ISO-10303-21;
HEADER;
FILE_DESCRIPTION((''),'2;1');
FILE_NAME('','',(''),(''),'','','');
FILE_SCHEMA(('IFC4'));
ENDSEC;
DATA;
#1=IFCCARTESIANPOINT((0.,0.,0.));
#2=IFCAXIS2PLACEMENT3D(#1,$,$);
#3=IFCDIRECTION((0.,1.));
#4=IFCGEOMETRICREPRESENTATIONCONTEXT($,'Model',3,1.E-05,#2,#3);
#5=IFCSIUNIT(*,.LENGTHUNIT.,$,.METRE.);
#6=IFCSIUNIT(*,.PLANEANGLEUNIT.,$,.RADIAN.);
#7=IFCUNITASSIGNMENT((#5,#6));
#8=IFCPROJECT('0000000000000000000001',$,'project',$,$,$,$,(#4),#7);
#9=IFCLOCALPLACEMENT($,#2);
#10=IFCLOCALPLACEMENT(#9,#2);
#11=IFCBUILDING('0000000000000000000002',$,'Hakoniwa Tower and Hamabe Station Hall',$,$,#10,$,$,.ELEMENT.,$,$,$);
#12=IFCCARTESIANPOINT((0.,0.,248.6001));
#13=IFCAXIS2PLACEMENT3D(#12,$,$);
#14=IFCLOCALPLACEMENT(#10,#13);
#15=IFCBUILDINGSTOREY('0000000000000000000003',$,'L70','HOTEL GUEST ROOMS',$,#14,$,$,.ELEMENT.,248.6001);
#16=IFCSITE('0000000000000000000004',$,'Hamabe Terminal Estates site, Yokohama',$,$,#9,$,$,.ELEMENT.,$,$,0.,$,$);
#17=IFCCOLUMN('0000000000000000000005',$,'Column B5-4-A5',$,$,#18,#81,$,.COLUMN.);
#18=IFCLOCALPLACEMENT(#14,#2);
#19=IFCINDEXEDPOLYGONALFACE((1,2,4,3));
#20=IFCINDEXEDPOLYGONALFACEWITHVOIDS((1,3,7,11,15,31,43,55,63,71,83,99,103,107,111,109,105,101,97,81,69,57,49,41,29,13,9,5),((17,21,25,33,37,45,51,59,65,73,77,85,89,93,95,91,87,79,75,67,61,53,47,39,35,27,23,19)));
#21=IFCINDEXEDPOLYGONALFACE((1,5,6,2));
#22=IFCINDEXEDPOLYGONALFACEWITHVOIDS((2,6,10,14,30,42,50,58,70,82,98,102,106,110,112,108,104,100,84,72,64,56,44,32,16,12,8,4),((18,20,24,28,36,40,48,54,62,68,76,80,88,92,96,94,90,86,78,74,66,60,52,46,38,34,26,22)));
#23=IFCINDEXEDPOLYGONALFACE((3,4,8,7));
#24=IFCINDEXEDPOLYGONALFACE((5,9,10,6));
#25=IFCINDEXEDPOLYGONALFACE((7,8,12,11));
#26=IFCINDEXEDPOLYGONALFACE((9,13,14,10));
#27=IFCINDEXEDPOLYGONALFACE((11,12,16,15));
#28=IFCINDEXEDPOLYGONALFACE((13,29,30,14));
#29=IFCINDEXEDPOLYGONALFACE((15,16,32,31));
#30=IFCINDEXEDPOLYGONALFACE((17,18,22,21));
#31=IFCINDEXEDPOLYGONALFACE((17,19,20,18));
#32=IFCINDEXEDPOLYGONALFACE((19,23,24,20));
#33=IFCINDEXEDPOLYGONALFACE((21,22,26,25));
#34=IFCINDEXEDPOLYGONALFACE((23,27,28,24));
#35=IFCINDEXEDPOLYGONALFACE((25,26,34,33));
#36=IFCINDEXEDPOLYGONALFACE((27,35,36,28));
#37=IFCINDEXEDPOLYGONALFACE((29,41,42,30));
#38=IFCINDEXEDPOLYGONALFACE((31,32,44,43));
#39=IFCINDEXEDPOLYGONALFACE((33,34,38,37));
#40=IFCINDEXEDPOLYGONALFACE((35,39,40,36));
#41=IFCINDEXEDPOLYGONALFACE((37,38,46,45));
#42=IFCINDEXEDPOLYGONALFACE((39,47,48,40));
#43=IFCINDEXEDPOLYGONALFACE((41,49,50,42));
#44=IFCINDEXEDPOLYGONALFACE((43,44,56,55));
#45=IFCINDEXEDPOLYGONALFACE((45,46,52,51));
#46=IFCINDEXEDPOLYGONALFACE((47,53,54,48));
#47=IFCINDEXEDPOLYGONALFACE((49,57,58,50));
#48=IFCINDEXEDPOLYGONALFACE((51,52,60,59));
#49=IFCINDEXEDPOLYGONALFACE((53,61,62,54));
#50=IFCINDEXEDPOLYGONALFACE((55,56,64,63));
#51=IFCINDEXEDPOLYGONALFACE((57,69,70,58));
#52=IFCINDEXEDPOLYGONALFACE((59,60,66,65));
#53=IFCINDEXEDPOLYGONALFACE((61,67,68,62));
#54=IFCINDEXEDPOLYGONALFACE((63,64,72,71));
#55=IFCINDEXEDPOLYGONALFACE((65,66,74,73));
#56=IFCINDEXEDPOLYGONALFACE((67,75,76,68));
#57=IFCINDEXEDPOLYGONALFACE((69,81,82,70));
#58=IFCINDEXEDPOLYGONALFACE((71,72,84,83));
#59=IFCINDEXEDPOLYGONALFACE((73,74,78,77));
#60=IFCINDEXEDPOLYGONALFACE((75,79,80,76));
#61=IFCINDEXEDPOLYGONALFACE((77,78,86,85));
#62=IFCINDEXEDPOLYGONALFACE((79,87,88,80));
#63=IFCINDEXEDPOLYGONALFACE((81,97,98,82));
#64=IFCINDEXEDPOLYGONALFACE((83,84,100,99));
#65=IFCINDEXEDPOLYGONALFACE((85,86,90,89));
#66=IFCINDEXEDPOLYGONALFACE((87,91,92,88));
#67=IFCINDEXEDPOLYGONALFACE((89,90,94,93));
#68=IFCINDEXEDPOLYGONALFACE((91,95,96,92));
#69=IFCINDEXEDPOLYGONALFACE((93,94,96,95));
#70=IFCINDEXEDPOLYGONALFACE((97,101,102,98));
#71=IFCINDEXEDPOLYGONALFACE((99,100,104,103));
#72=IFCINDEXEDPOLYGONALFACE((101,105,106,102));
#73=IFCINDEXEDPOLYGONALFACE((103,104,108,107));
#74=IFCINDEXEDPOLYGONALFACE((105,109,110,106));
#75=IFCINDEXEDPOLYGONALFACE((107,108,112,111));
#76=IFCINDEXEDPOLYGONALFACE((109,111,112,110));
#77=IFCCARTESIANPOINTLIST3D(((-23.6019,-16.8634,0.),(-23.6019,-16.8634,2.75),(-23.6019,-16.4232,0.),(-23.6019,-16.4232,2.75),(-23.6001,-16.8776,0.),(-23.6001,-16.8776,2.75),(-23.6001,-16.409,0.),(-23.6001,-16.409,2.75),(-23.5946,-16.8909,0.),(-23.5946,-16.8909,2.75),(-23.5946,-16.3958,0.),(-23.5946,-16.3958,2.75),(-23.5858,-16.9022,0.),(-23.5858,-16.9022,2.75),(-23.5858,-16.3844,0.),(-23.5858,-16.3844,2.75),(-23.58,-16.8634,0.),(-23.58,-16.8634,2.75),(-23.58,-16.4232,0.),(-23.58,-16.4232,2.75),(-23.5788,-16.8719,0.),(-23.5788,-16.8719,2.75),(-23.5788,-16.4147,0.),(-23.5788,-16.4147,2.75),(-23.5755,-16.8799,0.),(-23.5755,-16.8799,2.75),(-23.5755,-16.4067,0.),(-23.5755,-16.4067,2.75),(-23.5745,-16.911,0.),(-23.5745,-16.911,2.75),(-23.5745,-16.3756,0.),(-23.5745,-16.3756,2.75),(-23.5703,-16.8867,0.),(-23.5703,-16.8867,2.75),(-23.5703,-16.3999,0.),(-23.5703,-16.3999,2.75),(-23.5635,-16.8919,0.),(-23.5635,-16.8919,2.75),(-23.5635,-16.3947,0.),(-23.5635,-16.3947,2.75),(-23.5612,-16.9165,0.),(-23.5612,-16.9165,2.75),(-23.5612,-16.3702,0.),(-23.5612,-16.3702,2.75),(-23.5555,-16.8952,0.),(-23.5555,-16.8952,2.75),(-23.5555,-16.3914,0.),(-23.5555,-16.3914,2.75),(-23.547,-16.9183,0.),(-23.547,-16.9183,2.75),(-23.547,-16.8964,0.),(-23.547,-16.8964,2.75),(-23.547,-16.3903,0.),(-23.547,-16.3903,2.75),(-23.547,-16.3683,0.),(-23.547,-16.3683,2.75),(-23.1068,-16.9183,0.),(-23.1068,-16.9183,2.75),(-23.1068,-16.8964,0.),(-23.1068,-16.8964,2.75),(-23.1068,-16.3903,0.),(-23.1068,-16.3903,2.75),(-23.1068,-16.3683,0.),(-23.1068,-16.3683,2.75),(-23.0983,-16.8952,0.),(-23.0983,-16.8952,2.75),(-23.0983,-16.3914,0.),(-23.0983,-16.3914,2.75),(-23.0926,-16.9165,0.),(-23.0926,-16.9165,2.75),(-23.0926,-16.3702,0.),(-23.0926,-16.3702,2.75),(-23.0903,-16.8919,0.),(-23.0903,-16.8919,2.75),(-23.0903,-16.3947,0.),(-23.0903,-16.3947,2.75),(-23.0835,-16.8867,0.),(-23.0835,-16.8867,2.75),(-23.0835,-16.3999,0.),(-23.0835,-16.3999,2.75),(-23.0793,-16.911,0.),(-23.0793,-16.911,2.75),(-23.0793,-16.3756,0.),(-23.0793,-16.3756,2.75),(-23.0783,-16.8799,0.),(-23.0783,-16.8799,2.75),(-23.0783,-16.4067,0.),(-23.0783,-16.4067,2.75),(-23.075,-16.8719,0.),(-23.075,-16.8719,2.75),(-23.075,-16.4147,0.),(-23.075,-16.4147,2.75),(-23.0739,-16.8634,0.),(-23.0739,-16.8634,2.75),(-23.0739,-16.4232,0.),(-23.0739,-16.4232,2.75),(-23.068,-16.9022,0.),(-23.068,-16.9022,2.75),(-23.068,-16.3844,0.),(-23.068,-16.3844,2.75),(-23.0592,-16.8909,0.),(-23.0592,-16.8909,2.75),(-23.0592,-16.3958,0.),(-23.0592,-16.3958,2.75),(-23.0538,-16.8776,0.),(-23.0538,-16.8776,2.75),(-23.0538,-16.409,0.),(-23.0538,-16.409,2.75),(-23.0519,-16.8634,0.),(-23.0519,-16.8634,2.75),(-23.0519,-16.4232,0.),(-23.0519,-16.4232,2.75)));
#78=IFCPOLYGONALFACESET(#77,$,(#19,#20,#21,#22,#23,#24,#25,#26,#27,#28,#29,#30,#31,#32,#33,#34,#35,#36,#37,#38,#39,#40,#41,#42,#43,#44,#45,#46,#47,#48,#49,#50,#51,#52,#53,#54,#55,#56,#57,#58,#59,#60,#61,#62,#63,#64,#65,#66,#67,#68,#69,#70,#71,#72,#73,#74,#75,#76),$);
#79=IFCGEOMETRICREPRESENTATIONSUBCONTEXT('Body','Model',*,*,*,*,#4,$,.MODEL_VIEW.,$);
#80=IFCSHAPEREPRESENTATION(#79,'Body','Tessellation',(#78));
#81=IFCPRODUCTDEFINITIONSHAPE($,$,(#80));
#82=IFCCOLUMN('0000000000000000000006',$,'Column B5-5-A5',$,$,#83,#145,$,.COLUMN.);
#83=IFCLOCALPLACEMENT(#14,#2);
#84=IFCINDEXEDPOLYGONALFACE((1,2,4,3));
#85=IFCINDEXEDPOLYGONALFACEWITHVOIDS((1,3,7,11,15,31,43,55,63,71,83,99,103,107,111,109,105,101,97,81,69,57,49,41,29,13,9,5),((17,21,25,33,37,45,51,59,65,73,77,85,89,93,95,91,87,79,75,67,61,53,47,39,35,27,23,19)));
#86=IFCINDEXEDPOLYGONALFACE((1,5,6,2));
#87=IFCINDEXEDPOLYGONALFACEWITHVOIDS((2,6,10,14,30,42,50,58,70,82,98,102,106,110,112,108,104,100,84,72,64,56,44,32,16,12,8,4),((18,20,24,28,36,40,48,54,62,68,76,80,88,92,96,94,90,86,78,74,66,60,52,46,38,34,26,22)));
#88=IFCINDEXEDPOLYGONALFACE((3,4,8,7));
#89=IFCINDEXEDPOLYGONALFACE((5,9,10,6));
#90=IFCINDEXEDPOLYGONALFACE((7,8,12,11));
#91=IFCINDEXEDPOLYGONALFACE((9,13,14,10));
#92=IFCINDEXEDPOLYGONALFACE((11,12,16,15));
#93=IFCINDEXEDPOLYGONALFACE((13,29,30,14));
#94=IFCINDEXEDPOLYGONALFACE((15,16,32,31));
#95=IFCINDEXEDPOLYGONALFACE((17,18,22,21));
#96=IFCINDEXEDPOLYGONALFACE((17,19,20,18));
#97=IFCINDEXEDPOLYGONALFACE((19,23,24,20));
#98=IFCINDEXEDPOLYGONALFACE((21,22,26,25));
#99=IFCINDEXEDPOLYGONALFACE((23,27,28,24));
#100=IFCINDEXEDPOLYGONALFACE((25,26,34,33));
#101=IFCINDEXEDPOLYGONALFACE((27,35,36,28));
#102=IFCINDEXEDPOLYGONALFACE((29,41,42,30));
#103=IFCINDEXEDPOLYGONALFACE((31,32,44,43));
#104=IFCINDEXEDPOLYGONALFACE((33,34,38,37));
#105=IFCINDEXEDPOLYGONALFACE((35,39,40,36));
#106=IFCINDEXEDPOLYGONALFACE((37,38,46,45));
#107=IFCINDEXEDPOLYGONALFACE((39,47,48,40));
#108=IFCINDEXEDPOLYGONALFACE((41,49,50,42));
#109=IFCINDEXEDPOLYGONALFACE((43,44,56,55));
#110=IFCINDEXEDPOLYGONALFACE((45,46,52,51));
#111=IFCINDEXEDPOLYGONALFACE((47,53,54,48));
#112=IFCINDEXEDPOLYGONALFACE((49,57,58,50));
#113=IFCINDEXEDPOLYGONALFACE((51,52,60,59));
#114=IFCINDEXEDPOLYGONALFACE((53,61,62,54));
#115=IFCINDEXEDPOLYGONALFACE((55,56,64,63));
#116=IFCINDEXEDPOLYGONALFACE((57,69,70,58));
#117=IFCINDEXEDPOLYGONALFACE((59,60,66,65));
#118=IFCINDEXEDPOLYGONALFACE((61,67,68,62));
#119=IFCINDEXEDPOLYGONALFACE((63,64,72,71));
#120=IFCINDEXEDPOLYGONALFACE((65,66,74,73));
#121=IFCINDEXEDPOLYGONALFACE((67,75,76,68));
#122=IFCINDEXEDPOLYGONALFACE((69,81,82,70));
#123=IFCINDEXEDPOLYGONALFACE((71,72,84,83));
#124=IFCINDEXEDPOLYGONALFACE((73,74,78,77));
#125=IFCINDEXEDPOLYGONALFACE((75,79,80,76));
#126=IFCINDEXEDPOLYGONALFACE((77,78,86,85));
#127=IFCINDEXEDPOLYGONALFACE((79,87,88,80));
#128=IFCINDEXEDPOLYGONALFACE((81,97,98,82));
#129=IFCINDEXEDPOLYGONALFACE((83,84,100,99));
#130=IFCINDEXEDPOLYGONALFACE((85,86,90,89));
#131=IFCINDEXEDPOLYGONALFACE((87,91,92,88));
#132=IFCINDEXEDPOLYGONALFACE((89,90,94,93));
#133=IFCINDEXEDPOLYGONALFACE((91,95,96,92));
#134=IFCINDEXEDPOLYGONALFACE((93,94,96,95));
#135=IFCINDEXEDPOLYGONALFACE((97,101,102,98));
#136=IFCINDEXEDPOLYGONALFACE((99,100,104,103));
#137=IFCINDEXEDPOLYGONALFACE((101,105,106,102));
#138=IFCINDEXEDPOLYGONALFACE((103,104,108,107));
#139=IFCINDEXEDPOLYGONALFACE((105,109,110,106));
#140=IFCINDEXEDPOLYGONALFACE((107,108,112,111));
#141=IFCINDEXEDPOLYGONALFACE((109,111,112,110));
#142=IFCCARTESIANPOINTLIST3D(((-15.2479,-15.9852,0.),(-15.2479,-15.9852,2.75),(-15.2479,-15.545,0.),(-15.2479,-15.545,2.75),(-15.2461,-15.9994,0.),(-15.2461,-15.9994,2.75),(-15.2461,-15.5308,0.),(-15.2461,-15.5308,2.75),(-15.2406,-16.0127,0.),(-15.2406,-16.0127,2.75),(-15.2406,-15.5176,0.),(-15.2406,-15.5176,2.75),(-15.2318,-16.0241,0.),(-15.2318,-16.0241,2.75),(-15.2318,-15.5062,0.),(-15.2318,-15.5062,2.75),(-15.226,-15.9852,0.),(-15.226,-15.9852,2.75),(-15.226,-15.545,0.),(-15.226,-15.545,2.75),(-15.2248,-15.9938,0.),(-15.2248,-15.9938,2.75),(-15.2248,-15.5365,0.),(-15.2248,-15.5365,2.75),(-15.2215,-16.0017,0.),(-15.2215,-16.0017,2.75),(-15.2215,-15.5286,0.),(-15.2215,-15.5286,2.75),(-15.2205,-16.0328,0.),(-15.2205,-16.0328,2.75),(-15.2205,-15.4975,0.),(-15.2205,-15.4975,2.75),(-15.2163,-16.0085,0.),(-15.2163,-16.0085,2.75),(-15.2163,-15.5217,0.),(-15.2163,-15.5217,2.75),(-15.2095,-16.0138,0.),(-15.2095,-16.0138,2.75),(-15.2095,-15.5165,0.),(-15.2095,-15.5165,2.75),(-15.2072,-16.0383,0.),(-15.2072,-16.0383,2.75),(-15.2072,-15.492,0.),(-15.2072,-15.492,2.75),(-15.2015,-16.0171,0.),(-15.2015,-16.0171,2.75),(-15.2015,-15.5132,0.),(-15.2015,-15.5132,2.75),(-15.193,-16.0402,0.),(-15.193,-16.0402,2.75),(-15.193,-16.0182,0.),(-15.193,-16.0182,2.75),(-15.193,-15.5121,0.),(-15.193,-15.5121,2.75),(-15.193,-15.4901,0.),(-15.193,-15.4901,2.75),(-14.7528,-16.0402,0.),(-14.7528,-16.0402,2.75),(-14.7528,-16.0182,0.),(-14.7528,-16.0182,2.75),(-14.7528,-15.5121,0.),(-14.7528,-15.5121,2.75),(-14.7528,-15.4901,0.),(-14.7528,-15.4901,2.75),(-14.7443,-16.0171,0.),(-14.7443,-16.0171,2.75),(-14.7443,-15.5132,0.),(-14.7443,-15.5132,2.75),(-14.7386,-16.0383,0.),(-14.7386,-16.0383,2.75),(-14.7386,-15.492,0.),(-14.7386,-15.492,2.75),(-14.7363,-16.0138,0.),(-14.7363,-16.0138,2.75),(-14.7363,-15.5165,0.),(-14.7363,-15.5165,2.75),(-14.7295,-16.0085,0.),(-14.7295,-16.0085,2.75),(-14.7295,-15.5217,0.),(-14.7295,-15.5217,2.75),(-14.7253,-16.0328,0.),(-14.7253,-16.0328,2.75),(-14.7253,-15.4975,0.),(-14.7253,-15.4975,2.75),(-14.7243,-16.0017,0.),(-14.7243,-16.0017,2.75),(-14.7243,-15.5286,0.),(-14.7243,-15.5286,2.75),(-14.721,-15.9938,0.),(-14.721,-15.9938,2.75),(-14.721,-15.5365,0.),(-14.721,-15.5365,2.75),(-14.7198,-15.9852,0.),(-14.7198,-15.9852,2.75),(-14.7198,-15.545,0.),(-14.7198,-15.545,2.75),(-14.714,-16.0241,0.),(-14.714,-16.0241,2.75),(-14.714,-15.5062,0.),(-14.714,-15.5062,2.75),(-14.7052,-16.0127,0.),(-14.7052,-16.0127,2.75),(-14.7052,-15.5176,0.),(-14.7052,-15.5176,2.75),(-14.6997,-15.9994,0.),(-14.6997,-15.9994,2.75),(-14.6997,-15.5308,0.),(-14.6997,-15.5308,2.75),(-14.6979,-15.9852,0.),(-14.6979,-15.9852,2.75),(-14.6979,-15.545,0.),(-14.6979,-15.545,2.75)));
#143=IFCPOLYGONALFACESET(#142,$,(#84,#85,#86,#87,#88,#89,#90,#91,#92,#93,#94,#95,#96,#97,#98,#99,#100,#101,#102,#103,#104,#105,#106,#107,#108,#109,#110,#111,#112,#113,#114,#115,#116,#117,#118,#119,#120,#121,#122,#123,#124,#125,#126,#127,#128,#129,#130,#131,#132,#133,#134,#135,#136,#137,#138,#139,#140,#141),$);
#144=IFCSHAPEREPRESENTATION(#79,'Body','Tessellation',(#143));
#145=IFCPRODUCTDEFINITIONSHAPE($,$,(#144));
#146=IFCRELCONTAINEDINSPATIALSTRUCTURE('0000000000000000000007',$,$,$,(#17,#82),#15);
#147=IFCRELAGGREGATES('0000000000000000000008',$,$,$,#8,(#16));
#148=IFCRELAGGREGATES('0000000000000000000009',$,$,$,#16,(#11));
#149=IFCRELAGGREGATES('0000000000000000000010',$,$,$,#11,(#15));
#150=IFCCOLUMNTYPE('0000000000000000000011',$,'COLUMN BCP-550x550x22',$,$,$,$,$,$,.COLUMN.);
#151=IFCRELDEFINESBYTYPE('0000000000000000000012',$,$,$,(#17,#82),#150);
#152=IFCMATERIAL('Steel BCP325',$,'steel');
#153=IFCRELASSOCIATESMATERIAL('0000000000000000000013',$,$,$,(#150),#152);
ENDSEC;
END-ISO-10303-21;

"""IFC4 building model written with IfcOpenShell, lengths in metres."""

from ifc_helpers import new_model, si_unit, direction, frame, origin, origin_2d, place, context, subcontext, project, spatial, hollow_rectangle, extrude, material, material_profile, profile_set, type_object, element, save


model = new_model("IFC4")

# Units and contexts
model_context = context("Model", 3, precision=1e-05, world=origin(), true_north=direction((0.0, 1.0)))
body_context = subcontext(model_context, "Body", "Model", "MODEL_VIEW")
ifc_project = project(units=[si_unit("LENGTHUNIT", "METRE"), si_unit("PLANEANGLEUNIT", "RADIAN")], contexts=[model_context])

# Site, building, storey
site_placement = place(None, origin())
site = spatial("IfcSite", under=ifc_project, at=site_placement, Name="Hamabe Terminal Estates site, Yokohama", CompositionType="ELEMENT", RefElevation=0.0)
building_placement = place(site_placement, origin())
building = spatial("IfcBuilding", under=site, at=building_placement, Name="Hakoniwa Tower and Hamabe Station Hall", CompositionType="ELEMENT")
storey_placement = place(building_placement, frame((0.0, 0.0, 248.6001)))
storey = spatial("IfcBuildingStorey", under=building, at=storey_placement, Name="L70", Description="HOTEL GUEST ROOMS", CompositionType="ELEMENT", Elevation=248.6001)

# Columns
ifc_material_1 = material(Name="Steel BCP325", Category="steel")
ifc_material_profile_1 = material_profile(ifc_material_1, hollow_rectangle(XDim=0.55, YDim=0.55, WallThickness=0.022, InnerFilletRadius=0.033, OuterFilletRadius=0.0549, at=origin_2d()), Name="BCP-550x550x22")
ifc_profile_set_1 = profile_set([ifc_material_profile_1], Name="Steel BCP325")
column_type_1 = type_object("IfcColumnType", Name="COLUMN BCP-550x550x22", PredefinedType="COLUMN", material=ifc_profile_set_1)
for number, where, z_axis, x_axis, name in (
    (1, (-23.3269, -16.6433, 0.0), (0.0, 0.0, 1.0), (1.0, 0.0, 0.0), "Column B5-4-A5"),
    (2, (-14.9729, -15.7651, 0.0), (0.0, 0.0, 1.0), (1.0, 0.0, 0.0), "Column B5-5-A5"),
):
    element("IfcColumn", number, at=place(storey_placement, frame(where, z_axis=z_axis, x_axis=x_axis)), inside=storey, type_object=column_type_1, Name=name, PredefinedType="COLUMN", context=body_context, shape_type="SweptSolid", body=[
        extrude(hollow_rectangle(XDim=0.55, YDim=0.55, WallThickness=0.022, InnerFilletRadius=0.033, OuterFilletRadius=0.0549, at=origin_2d()), origin(), (0.0, 0.0, 1.0), 2.75),
    ])

save(model, "model.ifc")
